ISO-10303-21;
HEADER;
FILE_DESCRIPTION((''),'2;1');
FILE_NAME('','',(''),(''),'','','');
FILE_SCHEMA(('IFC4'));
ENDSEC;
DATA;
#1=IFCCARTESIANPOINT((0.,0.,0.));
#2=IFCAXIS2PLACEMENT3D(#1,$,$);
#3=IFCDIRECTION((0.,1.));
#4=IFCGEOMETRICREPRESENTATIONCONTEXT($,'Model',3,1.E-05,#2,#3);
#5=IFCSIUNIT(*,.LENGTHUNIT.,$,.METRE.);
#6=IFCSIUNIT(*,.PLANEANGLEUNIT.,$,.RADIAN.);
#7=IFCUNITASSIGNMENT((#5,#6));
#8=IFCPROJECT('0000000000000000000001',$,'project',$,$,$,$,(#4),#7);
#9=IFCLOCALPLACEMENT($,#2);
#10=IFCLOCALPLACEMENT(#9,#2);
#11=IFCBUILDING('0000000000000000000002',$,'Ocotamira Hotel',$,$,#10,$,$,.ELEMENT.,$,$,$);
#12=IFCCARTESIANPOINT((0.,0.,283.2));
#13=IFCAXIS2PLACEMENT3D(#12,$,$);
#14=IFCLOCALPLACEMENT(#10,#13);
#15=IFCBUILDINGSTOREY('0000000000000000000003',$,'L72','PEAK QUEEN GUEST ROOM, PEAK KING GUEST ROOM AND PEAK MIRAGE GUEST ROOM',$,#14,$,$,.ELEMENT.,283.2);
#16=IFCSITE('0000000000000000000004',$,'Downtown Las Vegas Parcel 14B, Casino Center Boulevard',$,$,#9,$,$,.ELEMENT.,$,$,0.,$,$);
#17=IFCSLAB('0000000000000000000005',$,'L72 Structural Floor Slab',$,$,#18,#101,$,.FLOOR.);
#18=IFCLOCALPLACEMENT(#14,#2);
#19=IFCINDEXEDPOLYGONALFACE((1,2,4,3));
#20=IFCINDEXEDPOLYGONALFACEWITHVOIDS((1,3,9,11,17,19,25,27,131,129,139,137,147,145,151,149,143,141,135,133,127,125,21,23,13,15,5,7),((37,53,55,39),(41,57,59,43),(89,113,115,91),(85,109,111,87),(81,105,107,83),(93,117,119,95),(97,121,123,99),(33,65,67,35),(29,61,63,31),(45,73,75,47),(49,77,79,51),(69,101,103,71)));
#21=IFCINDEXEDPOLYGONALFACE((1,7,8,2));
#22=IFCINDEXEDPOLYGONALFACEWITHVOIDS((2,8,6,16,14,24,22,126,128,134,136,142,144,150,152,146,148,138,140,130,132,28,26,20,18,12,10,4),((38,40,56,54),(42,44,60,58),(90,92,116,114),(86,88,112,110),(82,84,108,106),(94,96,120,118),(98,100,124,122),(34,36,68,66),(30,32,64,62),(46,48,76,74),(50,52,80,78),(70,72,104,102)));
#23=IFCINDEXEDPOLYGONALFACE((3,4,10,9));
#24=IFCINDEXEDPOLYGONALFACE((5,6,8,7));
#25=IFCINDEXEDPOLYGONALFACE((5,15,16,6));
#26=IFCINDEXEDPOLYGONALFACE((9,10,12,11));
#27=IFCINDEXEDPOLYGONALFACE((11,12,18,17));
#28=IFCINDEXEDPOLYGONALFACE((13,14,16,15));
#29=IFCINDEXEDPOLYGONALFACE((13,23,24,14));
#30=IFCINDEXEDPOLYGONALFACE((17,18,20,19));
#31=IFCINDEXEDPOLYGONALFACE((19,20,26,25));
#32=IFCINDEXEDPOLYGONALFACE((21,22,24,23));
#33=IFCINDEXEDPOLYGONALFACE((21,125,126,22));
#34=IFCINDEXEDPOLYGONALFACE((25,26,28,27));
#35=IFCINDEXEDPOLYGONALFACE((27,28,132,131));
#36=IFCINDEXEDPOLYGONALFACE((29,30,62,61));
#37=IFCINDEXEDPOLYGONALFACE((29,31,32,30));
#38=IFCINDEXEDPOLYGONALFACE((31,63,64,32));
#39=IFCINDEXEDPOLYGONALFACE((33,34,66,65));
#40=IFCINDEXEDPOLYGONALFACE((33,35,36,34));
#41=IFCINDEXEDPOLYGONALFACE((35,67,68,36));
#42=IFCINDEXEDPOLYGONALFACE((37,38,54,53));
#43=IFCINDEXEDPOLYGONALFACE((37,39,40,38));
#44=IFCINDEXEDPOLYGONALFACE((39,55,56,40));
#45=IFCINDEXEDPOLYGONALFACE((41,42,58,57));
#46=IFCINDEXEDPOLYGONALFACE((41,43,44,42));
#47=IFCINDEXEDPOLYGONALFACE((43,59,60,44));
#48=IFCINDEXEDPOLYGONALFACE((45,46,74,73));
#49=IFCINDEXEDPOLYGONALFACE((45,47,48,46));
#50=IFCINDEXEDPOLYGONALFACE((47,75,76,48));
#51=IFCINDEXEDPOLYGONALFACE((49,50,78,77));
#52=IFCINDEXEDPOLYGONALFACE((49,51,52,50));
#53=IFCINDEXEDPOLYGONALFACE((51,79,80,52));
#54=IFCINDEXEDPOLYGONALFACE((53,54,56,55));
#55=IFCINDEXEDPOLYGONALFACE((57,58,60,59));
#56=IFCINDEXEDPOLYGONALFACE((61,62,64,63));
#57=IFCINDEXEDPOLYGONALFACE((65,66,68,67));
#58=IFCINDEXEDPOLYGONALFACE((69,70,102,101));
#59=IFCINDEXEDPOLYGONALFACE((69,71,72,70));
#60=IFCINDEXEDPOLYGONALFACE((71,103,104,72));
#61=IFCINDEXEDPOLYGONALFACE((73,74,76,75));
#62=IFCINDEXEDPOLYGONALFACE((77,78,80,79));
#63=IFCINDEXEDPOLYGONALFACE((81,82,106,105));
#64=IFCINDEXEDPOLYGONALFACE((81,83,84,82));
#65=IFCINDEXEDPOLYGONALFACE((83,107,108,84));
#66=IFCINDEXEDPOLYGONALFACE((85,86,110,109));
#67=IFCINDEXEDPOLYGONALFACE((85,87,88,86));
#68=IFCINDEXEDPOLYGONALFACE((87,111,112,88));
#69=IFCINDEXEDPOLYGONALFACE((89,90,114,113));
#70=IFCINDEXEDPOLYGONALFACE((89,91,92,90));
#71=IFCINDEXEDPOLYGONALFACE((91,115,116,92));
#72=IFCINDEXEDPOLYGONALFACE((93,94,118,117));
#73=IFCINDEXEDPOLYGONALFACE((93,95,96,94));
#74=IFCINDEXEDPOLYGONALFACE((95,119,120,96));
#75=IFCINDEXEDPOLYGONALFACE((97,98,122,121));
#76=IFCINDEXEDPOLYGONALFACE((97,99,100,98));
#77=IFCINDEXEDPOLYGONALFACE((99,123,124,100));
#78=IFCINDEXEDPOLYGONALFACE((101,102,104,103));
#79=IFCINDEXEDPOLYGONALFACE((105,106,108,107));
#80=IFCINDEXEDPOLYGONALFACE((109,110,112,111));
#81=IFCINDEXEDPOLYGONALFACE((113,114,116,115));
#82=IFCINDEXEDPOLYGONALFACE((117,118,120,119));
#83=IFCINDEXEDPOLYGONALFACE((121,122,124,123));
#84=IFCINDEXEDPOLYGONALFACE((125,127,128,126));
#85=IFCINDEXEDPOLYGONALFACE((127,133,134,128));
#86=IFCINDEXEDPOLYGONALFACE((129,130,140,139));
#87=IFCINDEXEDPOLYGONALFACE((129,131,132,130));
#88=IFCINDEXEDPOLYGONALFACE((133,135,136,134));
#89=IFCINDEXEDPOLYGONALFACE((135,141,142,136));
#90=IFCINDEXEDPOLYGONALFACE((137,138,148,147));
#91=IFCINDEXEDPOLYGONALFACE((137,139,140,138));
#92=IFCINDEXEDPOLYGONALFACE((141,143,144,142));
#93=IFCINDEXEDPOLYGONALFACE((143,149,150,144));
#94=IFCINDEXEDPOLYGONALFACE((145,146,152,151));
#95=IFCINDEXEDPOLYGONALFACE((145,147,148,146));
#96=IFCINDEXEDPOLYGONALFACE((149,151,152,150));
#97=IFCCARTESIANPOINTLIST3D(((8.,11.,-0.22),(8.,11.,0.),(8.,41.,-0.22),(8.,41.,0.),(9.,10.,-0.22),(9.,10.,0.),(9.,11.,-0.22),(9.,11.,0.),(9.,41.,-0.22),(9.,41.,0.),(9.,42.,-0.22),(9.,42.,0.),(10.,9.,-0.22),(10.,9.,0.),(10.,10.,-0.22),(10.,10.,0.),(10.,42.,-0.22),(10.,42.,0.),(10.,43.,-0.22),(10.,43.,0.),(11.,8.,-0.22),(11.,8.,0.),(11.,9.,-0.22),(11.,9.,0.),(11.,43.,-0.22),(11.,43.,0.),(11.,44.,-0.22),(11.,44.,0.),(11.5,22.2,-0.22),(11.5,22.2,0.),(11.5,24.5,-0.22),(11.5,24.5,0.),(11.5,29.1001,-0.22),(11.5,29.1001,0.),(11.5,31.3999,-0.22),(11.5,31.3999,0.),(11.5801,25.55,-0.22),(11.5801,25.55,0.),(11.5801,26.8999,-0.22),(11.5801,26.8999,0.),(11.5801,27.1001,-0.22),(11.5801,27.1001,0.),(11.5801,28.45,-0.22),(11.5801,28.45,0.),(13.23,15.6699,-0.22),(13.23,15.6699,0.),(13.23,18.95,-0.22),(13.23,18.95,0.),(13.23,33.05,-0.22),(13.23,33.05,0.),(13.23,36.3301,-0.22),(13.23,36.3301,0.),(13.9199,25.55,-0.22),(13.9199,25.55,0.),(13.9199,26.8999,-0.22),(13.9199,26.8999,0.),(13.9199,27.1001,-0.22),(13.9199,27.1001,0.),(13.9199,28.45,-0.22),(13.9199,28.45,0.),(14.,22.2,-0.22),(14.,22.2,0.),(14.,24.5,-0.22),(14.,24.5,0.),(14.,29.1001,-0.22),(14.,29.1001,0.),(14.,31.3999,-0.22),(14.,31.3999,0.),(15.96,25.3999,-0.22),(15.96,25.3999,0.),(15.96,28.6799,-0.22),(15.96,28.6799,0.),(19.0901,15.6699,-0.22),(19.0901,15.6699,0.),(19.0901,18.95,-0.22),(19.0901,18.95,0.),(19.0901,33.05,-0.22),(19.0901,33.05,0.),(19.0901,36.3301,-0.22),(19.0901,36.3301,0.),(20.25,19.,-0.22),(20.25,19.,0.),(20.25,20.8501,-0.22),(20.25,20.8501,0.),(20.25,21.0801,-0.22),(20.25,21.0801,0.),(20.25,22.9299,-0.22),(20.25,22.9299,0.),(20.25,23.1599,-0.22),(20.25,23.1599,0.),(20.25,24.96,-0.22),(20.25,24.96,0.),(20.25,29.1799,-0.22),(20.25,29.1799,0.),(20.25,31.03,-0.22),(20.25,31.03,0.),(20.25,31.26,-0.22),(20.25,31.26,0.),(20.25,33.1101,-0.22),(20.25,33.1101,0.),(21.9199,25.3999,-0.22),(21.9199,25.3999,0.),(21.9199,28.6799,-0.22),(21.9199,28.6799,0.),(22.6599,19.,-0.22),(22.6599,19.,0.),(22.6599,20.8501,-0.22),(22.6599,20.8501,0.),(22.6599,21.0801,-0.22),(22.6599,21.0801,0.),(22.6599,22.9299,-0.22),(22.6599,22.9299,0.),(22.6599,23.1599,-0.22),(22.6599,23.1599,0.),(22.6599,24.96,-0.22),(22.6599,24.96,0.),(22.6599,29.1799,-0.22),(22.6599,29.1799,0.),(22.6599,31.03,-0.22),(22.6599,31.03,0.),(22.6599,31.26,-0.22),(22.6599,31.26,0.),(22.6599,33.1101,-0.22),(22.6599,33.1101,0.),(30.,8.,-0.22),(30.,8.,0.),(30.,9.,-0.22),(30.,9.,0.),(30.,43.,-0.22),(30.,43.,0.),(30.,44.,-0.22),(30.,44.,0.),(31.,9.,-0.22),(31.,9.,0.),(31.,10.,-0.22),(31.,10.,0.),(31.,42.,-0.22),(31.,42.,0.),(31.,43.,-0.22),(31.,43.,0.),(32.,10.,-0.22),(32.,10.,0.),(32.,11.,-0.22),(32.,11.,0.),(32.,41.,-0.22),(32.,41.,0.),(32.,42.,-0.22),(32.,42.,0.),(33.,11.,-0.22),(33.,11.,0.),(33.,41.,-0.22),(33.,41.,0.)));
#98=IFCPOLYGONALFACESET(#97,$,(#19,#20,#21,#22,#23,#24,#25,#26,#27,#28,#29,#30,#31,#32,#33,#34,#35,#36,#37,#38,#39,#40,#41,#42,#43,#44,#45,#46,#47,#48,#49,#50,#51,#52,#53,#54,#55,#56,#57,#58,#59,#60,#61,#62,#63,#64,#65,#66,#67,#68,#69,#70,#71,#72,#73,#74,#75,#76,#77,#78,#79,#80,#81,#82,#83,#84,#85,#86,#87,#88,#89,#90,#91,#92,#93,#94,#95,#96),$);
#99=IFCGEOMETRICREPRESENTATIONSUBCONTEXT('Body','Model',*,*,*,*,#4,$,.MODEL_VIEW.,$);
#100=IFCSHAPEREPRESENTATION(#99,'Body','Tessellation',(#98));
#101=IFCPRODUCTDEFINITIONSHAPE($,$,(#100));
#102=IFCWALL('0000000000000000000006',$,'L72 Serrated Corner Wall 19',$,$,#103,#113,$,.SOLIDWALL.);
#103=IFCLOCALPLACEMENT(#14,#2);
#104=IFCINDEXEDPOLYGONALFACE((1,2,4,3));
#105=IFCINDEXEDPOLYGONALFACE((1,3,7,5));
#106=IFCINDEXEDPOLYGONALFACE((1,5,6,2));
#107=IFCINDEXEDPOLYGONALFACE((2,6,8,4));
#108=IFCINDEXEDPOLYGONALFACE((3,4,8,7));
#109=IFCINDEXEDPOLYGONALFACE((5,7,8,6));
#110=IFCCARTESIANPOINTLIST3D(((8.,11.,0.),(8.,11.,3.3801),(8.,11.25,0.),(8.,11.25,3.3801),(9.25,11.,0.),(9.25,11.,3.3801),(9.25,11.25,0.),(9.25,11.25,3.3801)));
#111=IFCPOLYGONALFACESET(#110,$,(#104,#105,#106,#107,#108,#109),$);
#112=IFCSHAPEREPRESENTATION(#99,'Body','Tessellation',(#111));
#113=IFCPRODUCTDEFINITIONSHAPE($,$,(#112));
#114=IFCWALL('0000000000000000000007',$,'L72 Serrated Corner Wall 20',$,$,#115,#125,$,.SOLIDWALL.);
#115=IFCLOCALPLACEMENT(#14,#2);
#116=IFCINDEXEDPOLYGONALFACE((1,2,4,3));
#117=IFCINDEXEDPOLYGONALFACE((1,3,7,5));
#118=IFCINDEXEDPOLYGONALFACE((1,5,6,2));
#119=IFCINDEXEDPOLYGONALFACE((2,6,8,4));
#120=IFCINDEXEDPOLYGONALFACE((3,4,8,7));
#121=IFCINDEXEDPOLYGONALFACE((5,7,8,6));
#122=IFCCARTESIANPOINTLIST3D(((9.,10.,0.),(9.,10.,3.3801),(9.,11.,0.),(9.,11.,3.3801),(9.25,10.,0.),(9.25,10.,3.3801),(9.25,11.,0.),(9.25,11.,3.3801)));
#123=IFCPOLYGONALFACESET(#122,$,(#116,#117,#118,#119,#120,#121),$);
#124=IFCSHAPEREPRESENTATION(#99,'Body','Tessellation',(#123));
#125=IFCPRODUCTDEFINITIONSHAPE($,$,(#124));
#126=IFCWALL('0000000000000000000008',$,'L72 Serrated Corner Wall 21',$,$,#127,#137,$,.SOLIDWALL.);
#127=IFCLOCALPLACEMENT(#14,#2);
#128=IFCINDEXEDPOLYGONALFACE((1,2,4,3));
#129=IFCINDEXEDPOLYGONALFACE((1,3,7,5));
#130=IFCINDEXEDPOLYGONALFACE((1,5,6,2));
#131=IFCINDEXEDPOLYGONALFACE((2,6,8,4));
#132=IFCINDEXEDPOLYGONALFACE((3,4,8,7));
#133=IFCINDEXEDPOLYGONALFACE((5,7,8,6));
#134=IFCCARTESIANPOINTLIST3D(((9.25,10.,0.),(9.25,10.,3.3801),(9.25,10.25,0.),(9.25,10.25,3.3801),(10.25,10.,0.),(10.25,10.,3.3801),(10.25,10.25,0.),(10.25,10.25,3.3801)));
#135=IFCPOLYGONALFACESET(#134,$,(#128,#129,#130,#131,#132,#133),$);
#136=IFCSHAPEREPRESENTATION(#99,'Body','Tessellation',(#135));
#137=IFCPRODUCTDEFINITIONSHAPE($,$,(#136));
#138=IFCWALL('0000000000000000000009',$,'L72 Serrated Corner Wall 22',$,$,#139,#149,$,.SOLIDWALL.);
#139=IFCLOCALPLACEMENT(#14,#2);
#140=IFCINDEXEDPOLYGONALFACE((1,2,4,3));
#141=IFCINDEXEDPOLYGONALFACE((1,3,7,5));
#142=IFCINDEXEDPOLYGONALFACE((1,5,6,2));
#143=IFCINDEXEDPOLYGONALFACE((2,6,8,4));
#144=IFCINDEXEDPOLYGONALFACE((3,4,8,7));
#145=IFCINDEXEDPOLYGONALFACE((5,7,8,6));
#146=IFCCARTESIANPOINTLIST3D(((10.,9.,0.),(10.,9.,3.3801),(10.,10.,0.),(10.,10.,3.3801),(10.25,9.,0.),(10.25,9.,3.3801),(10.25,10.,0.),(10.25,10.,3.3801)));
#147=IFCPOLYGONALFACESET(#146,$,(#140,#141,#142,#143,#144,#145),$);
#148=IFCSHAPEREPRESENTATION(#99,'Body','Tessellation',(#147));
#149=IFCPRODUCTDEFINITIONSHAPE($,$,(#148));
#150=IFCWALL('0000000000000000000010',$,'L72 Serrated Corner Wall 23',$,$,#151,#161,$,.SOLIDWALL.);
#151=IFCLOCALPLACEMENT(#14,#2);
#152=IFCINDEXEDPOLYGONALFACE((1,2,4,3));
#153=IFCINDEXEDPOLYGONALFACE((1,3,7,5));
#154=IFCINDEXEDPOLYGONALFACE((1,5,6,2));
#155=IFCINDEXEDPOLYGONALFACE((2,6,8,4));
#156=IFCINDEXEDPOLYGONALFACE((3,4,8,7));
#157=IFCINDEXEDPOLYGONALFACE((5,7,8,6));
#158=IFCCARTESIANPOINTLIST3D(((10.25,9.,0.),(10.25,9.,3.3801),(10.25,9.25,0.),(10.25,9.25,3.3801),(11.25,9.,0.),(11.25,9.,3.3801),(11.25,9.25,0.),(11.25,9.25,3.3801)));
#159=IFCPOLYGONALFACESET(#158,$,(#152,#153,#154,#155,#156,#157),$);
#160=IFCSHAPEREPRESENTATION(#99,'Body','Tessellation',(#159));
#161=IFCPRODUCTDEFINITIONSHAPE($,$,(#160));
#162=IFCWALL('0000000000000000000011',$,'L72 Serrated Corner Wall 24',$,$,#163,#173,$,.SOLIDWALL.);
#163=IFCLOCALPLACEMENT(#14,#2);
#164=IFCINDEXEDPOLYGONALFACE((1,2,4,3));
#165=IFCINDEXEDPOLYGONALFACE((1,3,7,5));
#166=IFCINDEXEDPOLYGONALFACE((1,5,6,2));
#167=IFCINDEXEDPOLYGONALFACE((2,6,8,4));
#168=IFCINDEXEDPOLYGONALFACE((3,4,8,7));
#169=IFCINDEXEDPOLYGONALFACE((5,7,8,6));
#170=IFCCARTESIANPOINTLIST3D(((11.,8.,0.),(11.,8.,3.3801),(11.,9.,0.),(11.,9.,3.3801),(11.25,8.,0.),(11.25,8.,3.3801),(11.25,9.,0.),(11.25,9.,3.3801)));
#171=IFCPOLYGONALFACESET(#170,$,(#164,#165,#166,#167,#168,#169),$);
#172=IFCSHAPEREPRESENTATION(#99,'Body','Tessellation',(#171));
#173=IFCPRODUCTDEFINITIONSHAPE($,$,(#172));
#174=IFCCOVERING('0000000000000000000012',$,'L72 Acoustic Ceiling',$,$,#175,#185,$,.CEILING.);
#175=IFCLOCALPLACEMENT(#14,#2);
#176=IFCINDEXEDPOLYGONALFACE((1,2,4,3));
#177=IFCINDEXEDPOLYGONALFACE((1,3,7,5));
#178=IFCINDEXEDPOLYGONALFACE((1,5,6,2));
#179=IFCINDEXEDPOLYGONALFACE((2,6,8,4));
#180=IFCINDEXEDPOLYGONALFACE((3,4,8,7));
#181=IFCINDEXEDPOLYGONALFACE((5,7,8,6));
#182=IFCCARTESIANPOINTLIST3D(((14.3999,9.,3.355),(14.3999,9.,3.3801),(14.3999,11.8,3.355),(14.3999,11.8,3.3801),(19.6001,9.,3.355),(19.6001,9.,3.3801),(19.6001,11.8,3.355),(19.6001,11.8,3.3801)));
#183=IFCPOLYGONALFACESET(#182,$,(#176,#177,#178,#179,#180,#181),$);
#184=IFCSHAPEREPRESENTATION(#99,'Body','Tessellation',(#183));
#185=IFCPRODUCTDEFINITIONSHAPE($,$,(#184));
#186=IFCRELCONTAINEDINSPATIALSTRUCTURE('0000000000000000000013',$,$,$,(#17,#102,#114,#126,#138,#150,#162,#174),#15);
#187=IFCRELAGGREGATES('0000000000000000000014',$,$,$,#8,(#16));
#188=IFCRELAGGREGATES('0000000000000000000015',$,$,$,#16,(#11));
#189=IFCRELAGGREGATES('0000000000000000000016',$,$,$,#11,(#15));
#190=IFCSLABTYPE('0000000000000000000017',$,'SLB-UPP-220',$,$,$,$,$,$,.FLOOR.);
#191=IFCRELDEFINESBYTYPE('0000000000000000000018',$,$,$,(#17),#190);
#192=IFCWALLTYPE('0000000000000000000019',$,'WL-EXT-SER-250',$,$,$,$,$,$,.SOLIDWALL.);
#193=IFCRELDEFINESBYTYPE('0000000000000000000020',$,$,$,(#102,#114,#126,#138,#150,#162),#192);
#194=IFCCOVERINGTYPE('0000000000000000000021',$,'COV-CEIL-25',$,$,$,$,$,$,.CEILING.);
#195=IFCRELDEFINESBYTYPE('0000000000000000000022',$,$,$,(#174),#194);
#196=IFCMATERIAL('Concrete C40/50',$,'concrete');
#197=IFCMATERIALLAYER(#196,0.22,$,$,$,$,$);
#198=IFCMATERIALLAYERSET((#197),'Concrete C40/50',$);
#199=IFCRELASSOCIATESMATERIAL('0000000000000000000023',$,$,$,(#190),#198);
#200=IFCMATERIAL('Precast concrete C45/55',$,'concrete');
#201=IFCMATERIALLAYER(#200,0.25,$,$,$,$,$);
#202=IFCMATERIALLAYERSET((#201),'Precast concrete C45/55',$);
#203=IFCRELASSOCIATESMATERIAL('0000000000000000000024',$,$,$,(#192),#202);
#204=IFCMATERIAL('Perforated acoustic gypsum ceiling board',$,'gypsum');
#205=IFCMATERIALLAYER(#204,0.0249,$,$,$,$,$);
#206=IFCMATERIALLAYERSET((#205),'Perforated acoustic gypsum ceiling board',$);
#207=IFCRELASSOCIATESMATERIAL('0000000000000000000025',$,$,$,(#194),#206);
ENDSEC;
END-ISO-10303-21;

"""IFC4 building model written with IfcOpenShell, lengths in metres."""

from ifc_helpers import new_model, si_unit, direction, frame, frame_2d, origin, place, context, subcontext, project, spatial, polyline, rectangle, outline, extrude, material, layer, layer_set, type_object, element, save


model = new_model("IFC4")

# Units and contexts
model_context = context("Model", 3, precision=1e-05, world=origin(), true_north=direction((0.0, 1.0)))
body_context = subcontext(model_context, "Body", "Model", "MODEL_VIEW")
ifc_project = project(units=[si_unit("LENGTHUNIT", "METRE"), si_unit("PLANEANGLEUNIT", "RADIAN")], contexts=[model_context])

# Site, building, storey
site_placement = place(None, origin())
site = spatial("IfcSite", under=ifc_project, at=site_placement, Name="Downtown Las Vegas Parcel 14B, Casino Center Boulevard", CompositionType="ELEMENT", RefElevation=0.0)
building_placement = place(site_placement, origin())
building = spatial("IfcBuilding", under=site, at=building_placement, Name="Ocotamira Hotel", CompositionType="ELEMENT")
storey_placement = place(building_placement, frame((0.0, 0.0, 283.2)))
storey = spatial("IfcBuildingStorey", under=building, at=storey_placement, Name="L72", Description="PEAK QUEEN GUEST ROOM, PEAK KING GUEST ROOM AND PEAK MIRAGE GUEST ROOM", CompositionType="ELEMENT", Elevation=283.2)

# Shared definitions
ifc_material_1 = material(Name="Concrete C40/50", Category="concrete")

# Slab
ifc_layer_1 = layer(ifc_material_1, 0.22)
ifc_layer_set_1 = layer_set([ifc_layer_1], Name="Concrete C40/50")
slab_type_1 = type_object("IfcSlabType", Name="SLB-UPP-220", PredefinedType="FLOOR", material=ifc_layer_set_1)
slab_1_placement = place(storey_placement, frame((0.0, 0.0, -0.22)))
element("IfcSlab", 1, at=slab_1_placement, inside=storey, type_object=slab_type_1, Name="L72 Structural Floor Slab", PredefinedType="FLOOR", context=body_context, shape_type="SweptSolid", body=[
    extrude(outline(polyline([(11.0, 8.0), (30.0, 8.0), (30.0, 9.0), (31.0, 9.0), (31.0, 10.0), (32.0, 10.0), (32.0, 11.0), (33.0, 11.0), (33.0, 41.0), (32.0, 41.0), (32.0, 42.0), (31.0, 42.0), (31.0, 43.0), (30.0, 43.0), (30.0, 44.0), (11.0, 44.0), (11.0, 43.0), (10.0, 43.0), (10.0, 42.0), (9.0, 42.0), (9.0, 41.0), (8.0, 41.0), (8.0, 11.0), (9.0, 11.0), (9.0, 10.0), (10.0, 10.0), (10.0, 9.0), (11.0, 9.0), (11.0, 8.0)]), holes=[polyline([(13.23, 15.6699), (19.0901, 15.6699), (19.0901, 18.95), (13.23, 18.95), (13.23, 15.6699)]), polyline([(13.23, 33.05), (19.0901, 33.05), (19.0901, 36.3301), (13.23, 36.3301), (13.23, 33.05)]), polyline([(15.96, 25.3999), (21.9199, 25.3999), (21.9199, 28.6799), (15.96, 28.6799), (15.96, 25.3999)]), polyline([(20.25, 19.0), (22.6599, 19.0), (22.6599, 20.8501), (20.25, 20.8501), (20.25, 19.0)]), polyline([(20.25, 21.0801), (22.6599, 21.0801), (22.6599, 22.9299), (20.25, 22.9299), (20.25, 21.0801)]), polyline([(20.25, 23.1599), (22.6599, 23.1599), (22.6599, 24.96), (20.25, 24.96), (20.25, 23.1599)]), polyline([(20.25, 29.1799), (22.6599, 29.1799), (22.6599, 31.03), (20.25, 31.03), (20.25, 29.1799)]), polyline([(20.25, 31.26), (22.6599, 31.26), (22.6599, 33.1101), (20.25, 33.1101), (20.25, 31.26)]), polyline([(11.5, 22.2), (14.0, 22.2), (14.0, 24.5), (11.5, 24.5), (11.5, 22.2)]), polyline([(11.5, 29.1001), (14.0, 29.1001), (14.0, 31.3999), (11.5, 31.3999), (11.5, 29.1001)]), polyline([(11.5801, 25.55), (13.9199, 25.55), (13.9199, 26.8999), (11.5801, 26.8999), (11.5801, 25.55)]), polyline([(11.5801, 27.1001), (13.9199, 27.1001), (13.9199, 28.45), (11.5801, 28.45), (11.5801, 27.1001)])]), origin(), (0.0, 0.0, 1.0), 0.22),
])

# Walls
ifc_material_2 = material(Name="Precast concrete C45/55", Category="concrete")
ifc_layer_2 = layer(ifc_material_2, 0.25)
ifc_layer_set_2 = layer_set([ifc_layer_2], Name="Precast concrete C45/55")
wall_type_1 = type_object("IfcWallType", Name="WL-EXT-SER-250", PredefinedType="SOLIDWALL", material=ifc_layer_set_2)
wall_1_placement = place(storey_placement, frame((8.0, 11.125, 0.0), z_axis=(0.0, 0.0, 1.0), x_axis=(1.0, 0.0, 0.0)))
element("IfcWall", 2, at=wall_1_placement, inside=storey, type_object=wall_type_1, Name="L72 Serrated Corner Wall 19", PredefinedType="SOLIDWALL", context=body_context, shape_type="SweptSolid", body=[
    extrude(rectangle(XDim=1.25, YDim=0.25, at=frame_2d((0.625, 0.0))), origin(), (0.0, 0.0, 1.0), 3.3801),
])
for number, where, z_axis, x_axis, name in (
    (3, (9.125, 11.0, 0.0), (0.0, 0.0, 1.0), (0.0, -1.0, 0.0), "L72 Serrated Corner Wall 20"),
    (4, (9.25, 10.125, 0.0), (0.0, 0.0, 1.0), (1.0, 0.0, 0.0), "L72 Serrated Corner Wall 21"),
    (5, (10.125, 10.0, 0.0), (0.0, 0.0, 1.0), (0.0, -1.0, 0.0), "L72 Serrated Corner Wall 22"),
    (6, (10.25, 9.125, 0.0), (0.0, 0.0, 1.0), (1.0, 0.0, 0.0), "L72 Serrated Corner Wall 23"),
    (7, (11.125, 9.0, 0.0), (0.0, 0.0, 1.0), (0.0, -1.0, 0.0), "L72 Serrated Corner Wall 24"),
):
    element("IfcWall", number, at=place(storey_placement, frame(where, z_axis=z_axis, x_axis=x_axis)), inside=storey, type_object=wall_type_1, Name=name, PredefinedType="SOLIDWALL", context=body_context, shape_type="SweptSolid", body=[
        extrude(rectangle(XDim=1.0, YDim=0.25, at=frame_2d((0.5, 0.0))), origin(), (0.0, 0.0, 1.0), 3.3801),
    ])

# Covering
ifc_material_3 = material(Name="Perforated acoustic gypsum ceiling board", Category="gypsum")
ifc_layer_3 = layer(ifc_material_3, 0.0249)
ifc_layer_set_3 = layer_set([ifc_layer_3], Name="Perforated acoustic gypsum ceiling board")
covering_type_1 = type_object("IfcCoveringType", Name="COV-CEIL-25", PredefinedType="CEILING", material=ifc_layer_set_3)
covering_1_placement = place(storey_placement, frame((0.0, 0.0, 3.355)))
element("IfcCovering", 8, at=covering_1_placement, inside=storey, type_object=covering_type_1, Name="L72 Acoustic Ceiling", PredefinedType="CEILING", context=body_context, shape_type="SweptSolid", body=[
    extrude(outline(polyline([(14.3999, 9.0), (19.6001, 9.0), (19.6001, 11.8), (14.3999, 11.8), (14.3999, 9.0)])), origin(), (0.0, 0.0, 1.0), 0.0251),
])

save(model, "model.ifc")
